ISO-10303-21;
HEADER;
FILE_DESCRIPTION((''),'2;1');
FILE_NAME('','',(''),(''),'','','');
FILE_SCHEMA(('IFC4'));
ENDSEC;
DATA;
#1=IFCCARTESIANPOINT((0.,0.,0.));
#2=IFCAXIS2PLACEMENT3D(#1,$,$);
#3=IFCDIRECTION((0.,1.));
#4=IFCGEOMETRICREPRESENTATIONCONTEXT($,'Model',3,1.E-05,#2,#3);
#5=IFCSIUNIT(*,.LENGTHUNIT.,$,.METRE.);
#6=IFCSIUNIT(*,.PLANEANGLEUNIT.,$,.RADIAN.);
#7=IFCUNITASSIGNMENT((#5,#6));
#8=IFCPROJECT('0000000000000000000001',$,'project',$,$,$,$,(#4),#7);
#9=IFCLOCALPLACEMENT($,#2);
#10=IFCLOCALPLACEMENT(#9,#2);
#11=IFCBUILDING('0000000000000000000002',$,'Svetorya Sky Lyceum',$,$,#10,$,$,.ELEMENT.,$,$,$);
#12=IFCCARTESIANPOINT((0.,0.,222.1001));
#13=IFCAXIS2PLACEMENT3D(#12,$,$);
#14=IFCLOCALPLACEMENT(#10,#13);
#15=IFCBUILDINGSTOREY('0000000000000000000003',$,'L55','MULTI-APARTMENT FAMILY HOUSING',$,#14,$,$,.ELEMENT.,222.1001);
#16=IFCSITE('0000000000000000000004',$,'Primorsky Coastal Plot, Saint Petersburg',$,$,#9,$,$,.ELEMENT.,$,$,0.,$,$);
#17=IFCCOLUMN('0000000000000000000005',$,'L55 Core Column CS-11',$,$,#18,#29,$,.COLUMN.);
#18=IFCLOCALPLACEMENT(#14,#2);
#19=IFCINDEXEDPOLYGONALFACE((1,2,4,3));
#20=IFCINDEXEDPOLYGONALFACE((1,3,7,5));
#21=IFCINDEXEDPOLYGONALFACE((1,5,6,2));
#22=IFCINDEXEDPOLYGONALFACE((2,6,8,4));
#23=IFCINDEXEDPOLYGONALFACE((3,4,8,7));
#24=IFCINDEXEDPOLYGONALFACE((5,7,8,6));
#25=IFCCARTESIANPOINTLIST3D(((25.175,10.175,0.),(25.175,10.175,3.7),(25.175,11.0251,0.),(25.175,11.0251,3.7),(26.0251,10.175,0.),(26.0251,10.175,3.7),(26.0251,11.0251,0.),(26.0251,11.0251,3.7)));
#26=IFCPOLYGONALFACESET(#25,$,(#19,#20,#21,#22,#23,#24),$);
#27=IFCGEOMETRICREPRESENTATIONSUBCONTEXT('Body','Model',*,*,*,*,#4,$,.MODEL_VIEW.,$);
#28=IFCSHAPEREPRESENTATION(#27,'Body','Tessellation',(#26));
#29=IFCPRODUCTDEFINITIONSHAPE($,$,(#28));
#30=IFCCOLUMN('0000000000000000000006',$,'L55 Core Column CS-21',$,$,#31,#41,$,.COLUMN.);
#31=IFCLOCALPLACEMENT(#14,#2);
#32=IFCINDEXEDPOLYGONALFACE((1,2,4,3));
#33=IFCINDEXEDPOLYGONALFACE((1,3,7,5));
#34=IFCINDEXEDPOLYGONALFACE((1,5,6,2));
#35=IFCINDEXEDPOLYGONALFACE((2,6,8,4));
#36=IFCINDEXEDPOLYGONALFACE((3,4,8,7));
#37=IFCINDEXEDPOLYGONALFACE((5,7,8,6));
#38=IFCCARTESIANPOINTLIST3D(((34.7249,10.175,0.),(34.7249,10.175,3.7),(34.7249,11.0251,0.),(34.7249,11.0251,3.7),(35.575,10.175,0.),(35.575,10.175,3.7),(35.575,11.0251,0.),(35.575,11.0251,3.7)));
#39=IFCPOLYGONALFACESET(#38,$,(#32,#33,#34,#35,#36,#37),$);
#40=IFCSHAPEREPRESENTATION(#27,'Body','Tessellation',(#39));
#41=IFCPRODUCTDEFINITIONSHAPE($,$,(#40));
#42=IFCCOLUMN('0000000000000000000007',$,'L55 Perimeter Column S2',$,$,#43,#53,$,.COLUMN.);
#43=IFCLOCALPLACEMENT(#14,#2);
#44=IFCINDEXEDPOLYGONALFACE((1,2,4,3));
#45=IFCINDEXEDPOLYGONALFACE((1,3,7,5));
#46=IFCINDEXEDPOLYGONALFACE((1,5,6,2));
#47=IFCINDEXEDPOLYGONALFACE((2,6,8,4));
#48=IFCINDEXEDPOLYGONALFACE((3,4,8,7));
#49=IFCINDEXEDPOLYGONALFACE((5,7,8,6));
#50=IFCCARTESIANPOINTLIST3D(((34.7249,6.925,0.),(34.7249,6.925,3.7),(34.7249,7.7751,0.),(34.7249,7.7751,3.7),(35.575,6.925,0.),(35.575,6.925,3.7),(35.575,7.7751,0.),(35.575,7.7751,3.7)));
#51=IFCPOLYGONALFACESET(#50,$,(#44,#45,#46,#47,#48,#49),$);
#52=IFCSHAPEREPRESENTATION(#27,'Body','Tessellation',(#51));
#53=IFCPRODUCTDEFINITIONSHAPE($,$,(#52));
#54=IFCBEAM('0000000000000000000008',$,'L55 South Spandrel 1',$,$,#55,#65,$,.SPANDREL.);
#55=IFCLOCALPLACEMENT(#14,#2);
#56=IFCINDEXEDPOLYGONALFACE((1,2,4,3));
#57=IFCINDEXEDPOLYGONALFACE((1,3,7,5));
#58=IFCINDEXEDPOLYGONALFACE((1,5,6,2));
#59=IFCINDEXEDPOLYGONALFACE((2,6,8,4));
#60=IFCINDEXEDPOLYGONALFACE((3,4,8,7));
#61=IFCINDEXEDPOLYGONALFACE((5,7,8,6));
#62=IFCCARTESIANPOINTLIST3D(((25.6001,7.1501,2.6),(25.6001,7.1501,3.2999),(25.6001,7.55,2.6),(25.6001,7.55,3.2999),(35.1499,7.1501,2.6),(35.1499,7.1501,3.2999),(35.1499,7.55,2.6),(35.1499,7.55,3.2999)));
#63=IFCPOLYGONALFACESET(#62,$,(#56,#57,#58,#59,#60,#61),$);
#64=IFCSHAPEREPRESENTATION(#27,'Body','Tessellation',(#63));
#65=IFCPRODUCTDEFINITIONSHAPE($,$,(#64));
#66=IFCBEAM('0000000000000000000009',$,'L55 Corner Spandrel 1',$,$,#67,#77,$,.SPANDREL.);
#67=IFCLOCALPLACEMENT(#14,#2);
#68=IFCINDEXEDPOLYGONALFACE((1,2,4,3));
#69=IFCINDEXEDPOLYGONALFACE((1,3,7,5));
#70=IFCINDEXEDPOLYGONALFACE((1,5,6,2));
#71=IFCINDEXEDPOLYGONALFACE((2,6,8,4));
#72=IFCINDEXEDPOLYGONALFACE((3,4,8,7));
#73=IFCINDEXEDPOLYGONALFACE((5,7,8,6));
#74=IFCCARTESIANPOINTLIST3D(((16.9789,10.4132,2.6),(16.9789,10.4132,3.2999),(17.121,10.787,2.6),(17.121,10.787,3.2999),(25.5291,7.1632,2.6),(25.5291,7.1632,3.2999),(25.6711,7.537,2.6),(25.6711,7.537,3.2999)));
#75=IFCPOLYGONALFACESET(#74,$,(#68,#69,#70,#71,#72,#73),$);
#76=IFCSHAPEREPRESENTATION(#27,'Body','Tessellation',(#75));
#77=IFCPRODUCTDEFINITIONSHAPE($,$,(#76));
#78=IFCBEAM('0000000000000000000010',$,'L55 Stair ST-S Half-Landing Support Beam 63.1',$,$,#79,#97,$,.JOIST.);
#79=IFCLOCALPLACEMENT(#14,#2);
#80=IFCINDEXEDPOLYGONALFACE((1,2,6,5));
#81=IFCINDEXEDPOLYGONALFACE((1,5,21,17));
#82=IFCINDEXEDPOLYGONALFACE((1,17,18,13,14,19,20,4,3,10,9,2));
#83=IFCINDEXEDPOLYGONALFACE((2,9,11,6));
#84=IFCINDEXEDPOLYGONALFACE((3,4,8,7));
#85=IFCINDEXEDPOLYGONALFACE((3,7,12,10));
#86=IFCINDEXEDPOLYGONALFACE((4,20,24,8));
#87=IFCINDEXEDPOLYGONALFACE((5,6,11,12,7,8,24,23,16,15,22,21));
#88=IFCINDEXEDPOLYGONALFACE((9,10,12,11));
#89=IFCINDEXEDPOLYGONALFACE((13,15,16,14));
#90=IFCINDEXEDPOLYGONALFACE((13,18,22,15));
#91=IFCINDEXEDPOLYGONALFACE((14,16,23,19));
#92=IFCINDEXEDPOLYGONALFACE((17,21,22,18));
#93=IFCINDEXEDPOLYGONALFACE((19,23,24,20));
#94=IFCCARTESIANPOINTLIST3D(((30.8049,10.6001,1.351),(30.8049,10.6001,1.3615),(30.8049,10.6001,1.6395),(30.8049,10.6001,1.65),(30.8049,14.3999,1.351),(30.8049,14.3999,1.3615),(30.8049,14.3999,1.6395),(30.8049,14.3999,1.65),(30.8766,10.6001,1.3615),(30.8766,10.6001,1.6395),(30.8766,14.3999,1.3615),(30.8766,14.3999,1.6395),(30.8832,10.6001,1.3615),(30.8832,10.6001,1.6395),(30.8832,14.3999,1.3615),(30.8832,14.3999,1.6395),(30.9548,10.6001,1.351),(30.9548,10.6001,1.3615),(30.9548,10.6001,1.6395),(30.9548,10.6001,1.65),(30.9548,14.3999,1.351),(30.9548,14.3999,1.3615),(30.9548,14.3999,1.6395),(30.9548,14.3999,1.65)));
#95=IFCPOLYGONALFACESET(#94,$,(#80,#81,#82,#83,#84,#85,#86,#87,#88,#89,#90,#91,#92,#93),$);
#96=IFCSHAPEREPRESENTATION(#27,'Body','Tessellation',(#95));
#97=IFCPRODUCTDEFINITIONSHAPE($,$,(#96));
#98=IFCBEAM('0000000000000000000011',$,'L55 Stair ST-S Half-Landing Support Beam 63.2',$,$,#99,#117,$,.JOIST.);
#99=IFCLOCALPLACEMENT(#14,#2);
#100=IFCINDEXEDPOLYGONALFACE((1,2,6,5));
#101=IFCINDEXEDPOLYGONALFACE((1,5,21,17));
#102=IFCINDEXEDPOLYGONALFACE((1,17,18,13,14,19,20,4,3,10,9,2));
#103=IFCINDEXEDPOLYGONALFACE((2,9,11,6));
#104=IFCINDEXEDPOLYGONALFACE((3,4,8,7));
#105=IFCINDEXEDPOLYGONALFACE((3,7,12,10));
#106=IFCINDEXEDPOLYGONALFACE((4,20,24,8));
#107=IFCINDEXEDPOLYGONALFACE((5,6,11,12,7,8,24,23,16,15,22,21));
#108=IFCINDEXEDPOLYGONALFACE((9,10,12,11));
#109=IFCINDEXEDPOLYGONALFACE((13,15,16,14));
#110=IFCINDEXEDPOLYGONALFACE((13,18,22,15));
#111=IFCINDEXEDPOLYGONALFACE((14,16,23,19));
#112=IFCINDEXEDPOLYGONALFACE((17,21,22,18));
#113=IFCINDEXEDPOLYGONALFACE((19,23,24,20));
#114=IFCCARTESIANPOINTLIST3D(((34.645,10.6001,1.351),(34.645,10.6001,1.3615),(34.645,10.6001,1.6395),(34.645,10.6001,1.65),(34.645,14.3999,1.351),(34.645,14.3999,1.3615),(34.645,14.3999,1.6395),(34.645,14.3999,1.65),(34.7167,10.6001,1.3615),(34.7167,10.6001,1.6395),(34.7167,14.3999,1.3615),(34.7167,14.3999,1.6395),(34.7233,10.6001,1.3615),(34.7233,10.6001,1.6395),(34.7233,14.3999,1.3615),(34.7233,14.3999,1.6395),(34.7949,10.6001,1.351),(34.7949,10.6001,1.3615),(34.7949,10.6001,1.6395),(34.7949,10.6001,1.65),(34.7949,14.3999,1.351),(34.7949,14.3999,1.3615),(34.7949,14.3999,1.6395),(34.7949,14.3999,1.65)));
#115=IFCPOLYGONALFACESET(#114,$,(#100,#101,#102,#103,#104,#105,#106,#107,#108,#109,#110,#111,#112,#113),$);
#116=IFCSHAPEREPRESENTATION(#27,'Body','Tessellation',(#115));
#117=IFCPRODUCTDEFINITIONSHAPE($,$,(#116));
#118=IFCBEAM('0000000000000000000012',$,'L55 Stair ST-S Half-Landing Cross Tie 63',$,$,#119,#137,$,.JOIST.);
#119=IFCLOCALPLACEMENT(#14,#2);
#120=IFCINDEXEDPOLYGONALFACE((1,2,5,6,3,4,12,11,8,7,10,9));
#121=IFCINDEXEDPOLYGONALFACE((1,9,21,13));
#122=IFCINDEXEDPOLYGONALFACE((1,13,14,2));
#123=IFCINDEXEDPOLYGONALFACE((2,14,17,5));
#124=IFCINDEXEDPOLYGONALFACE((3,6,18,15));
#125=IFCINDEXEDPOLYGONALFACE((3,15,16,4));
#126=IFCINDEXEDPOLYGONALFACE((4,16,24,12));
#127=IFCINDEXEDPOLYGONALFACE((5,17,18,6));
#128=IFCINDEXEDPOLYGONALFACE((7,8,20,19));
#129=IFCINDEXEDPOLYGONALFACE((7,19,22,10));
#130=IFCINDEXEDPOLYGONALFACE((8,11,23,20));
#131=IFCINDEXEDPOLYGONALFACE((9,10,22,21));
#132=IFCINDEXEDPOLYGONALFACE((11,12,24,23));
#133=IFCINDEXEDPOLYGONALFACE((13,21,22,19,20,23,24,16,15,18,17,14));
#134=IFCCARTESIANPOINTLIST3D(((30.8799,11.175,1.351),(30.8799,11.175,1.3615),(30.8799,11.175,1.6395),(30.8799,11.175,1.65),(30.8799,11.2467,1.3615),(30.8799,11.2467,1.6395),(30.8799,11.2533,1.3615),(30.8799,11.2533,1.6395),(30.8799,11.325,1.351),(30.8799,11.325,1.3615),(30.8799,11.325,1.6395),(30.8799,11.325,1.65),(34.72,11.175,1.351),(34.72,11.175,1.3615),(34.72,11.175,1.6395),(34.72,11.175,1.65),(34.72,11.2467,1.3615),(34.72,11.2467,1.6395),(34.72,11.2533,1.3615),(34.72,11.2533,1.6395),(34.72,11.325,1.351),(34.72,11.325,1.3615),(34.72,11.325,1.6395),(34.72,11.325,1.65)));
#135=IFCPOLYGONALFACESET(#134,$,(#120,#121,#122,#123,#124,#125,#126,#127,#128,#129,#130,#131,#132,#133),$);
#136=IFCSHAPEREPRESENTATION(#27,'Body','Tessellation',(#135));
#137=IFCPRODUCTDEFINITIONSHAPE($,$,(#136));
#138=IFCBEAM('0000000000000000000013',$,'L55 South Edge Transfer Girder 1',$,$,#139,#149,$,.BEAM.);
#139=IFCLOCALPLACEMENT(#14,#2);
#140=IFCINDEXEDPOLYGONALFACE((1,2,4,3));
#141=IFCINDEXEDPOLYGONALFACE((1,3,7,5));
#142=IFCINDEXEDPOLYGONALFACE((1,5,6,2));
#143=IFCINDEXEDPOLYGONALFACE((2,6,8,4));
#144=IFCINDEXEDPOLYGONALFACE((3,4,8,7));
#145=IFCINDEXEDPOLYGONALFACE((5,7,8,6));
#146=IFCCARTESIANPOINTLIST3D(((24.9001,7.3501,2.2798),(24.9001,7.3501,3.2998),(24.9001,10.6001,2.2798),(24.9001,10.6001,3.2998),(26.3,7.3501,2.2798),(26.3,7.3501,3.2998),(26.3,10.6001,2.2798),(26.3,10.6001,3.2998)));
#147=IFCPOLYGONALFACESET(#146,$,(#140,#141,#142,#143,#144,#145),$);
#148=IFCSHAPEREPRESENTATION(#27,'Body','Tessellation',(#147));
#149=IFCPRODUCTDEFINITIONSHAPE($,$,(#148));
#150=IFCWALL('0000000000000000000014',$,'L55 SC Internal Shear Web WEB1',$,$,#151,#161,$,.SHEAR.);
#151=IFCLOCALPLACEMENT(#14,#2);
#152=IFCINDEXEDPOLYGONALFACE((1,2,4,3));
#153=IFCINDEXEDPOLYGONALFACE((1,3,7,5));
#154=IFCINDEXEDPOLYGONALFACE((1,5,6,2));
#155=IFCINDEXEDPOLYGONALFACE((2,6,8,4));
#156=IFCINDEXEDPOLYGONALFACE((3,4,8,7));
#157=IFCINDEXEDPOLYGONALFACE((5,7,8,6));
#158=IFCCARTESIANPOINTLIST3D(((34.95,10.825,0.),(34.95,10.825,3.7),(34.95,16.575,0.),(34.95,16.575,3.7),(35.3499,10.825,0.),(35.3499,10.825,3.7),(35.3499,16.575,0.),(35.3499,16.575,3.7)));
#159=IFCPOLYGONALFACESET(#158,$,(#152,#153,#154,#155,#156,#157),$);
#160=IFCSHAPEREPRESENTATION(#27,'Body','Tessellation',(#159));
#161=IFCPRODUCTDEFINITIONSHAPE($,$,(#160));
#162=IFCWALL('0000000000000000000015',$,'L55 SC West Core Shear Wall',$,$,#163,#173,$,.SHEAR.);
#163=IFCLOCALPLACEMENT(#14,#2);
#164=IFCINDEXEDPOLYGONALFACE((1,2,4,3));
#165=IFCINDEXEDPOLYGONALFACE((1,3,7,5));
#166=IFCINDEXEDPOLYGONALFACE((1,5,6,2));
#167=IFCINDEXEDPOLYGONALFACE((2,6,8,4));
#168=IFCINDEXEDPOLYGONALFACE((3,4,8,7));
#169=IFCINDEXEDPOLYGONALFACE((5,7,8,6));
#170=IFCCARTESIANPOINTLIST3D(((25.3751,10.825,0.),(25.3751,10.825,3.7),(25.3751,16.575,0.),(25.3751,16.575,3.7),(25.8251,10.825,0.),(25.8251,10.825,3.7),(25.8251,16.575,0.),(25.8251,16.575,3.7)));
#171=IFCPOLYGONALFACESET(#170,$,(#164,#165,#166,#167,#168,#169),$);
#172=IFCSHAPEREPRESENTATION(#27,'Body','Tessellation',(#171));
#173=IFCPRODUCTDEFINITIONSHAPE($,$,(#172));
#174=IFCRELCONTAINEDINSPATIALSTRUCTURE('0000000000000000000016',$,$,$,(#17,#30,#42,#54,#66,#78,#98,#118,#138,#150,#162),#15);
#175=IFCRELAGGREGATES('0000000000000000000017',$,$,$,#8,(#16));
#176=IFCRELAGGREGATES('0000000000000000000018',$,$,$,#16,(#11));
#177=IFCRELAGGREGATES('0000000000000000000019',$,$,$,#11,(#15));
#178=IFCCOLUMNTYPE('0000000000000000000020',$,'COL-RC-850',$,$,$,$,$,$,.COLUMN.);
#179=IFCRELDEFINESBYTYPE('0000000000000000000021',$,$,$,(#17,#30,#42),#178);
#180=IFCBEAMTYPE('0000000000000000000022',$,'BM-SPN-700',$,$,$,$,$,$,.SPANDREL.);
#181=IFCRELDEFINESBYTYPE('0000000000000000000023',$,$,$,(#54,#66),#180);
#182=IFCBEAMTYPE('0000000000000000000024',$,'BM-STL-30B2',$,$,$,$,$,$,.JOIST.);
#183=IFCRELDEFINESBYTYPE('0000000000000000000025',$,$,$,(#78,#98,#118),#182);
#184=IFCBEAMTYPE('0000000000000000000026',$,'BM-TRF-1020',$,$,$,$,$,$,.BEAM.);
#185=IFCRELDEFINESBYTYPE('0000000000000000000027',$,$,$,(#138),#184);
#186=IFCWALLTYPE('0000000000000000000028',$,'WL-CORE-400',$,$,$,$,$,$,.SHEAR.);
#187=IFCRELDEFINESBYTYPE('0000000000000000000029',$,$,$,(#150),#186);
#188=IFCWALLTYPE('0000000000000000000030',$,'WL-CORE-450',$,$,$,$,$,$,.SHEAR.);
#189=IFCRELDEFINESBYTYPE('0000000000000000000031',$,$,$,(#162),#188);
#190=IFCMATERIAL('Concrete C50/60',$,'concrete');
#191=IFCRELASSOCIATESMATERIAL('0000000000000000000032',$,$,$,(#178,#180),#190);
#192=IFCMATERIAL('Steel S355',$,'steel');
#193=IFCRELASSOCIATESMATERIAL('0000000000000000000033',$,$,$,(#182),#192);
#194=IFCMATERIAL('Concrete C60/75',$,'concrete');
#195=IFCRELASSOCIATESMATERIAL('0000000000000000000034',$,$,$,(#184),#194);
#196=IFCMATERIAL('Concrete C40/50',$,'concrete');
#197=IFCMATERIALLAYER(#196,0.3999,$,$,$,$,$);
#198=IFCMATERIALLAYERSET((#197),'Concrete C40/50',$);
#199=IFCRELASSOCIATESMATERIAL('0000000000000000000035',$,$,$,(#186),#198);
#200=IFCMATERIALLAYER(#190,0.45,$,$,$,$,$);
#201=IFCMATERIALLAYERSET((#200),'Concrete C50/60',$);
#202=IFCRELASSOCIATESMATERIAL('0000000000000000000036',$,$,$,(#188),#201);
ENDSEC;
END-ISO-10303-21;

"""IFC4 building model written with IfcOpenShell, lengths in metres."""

from ifc_helpers import new_model, si_unit, direction, frame, frame_2d, origin, origin_2d, place, context, subcontext, project, spatial, rectangle, i_section, extrude, material, layer, layer_set, material_profile, profile_set, type_object, element, save


model = new_model("IFC4")

# Units and contexts
model_context = context("Model", 3, precision=1e-05, world=origin(), true_north=direction((0.0, 1.0)))
body_context = subcontext(model_context, "Body", "Model", "MODEL_VIEW")
ifc_project = project(units=[si_unit("LENGTHUNIT", "METRE"), si_unit("PLANEANGLEUNIT", "RADIAN")], contexts=[model_context])

# Site, building, storey
site_placement = place(None, origin())
site = spatial("IfcSite", under=ifc_project, at=site_placement, Name="Primorsky Coastal Plot, Saint Petersburg", CompositionType="ELEMENT", RefElevation=0.0)
building_placement = place(site_placement, origin())
building = spatial("IfcBuilding", under=site, at=building_placement, Name="Svetorya Sky Lyceum", CompositionType="ELEMENT")
storey_placement = place(building_placement, frame((0.0, 0.0, 222.1001)))
storey = spatial("IfcBuildingStorey", under=building, at=storey_placement, Name="L55", Description="MULTI-APARTMENT FAMILY HOUSING", CompositionType="ELEMENT", Elevation=222.1001)

# Columns
ifc_material_1 = material(Name="Concrete C50/60", Category="concrete")
ifc_material_profile_1 = material_profile(ifc_material_1, rectangle(XDim=0.8501, YDim=0.8501, at=origin_2d()), Name="RC COL 850x850")
ifc_profile_set_1 = profile_set([ifc_material_profile_1], Name="Concrete C50/60")
column_type = type_object("IfcColumnType", Name="COL-RC-850", PredefinedType="COLUMN", material=ifc_profile_set_1)
for number, where, z_axis, x_axis, name in (
    (1, (25.6001, 10.6001, 0.0), (0.0, 0.0, 1.0), (1.0, 0.0, 0.0), "L55 Core Column CS-11"),
    (2, (35.1499, 10.6001, 0.0), (0.0, 0.0, 1.0), (1.0, 0.0, 0.0), "L55 Core Column CS-21"),
    (3, (35.1499, 7.3501, 0.0), (0.0, 0.0, 1.0), (1.0, 0.0, 0.0), "L55 Perimeter Column S2"),
):
    element("IfcColumn", number, at=place(storey_placement, frame(where, z_axis=z_axis, x_axis=x_axis)), inside=storey, type_object=column_type, Name=name, PredefinedType="COLUMN", context=body_context, shape_type="SweptSolid", body=[
        extrude(rectangle(XDim=0.8501, YDim=0.8501, at=origin_2d()), origin(), (0.0, 0.0, 1.0), 3.7),
    ])

# Beams
ifc_material_profile_2 = material_profile(ifc_material_1, rectangle(XDim=0.3999, YDim=0.7, at=origin_2d()), Name="RC SPANDREL 400x700")
ifc_profile_set_2 = profile_set([ifc_material_profile_2], Name="Concrete C50/60")
beam_type_1 = type_object("IfcBeamType", Name="BM-SPN-700", PredefinedType="SPANDREL", material=ifc_profile_set_2)
beam_1_placement = place(storey_placement, frame((25.6001, 7.3501, 2.95), z_axis=(1.0, 0.0, 0.0), x_axis=(0.0, 1.0, 0.0)))
element("IfcBeam", 4, at=beam_1_placement, inside=storey, type_object=beam_type_1, Name="L55 South Spandrel 1", PredefinedType="SPANDREL", context=body_context, shape_type="SweptSolid", body=[
    extrude(rectangle(XDim=0.3999, YDim=0.7, at=origin_2d()), origin(), (0.0, 0.0, 1.0), 9.5498),
])
beam_2_placement = place(storey_placement, frame((25.6001, 7.3501, 2.95), z_axis=(-0.934748, 0.355312, 0.0), x_axis=(-0.355312, -0.934748, 0.0)))
element("IfcBeam", 5, at=beam_2_placement, inside=storey, type_object=beam_type_1, Name="L55 Corner Spandrel 1", PredefinedType="SPANDREL", context=body_context, shape_type="SweptSolid", body=[
    extrude(rectangle(XDim=0.3999, YDim=0.7, at=origin_2d()), origin(), (0.0, 0.0, 1.0), 9.147),
])
ifc_material_2 = material(Name="Steel S355", Category="steel")
ifc_material_profile_3 = material_profile(ifc_material_2, i_section(OverallWidth=0.1499, OverallDepth=0.2991, WebThickness=0.0066, FlangeThickness=0.0105, at=origin_2d()), Name="GOST 30B2")
ifc_profile_set_3 = profile_set([ifc_material_profile_3], Name="Steel S355")
beam_type_2 = type_object("IfcBeamType", Name="BM-STL-30B2", PredefinedType="JOIST", material=ifc_profile_set_3)
for number, where, z_axis, x_axis, name in (
    (6, (30.8799, 10.6001, 1.5005), (0.0, 1.0, 0.0), (-1.0, 0.0, 0.0), "L55 Stair ST-S Half-Landing Support Beam 63.1"),
    (7, (34.72, 10.6001, 1.5005), (0.0, 1.0, 0.0), (-1.0, 0.0, 0.0), "L55 Stair ST-S Half-Landing Support Beam 63.2"),
):
    element("IfcBeam", number, at=place(storey_placement, frame(where, z_axis=z_axis, x_axis=x_axis)), inside=storey, type_object=beam_type_2, Name=name, PredefinedType="JOIST", context=body_context, shape_type="SweptSolid", body=[
        extrude(i_section(OverallWidth=0.1499, OverallDepth=0.2991, WebThickness=0.0066, FlangeThickness=0.0105, at=origin_2d()), origin(), (0.0, 0.0, 1.0), 3.7998),
    ])
beam_3_placement = place(storey_placement, frame((30.8799, 11.25, 1.5005), z_axis=(1.0, 0.0, 0.0), x_axis=(0.0, 1.0, 0.0)))
element("IfcBeam", 8, at=beam_3_placement, inside=storey, type_object=beam_type_2, Name="L55 Stair ST-S Half-Landing Cross Tie 63", PredefinedType="JOIST", context=body_context, shape_type="SweptSolid", body=[
    extrude(i_section(OverallWidth=0.1499, OverallDepth=0.2991, WebThickness=0.0066, FlangeThickness=0.0105, at=origin_2d()), origin(), (0.0, 0.0, 1.0), 3.8401),
])
ifc_material_3 = material(Name="Concrete C60/75", Category="concrete")
ifc_material_profile_4 = material_profile(ifc_material_3, rectangle(XDim=1.3999, YDim=1.02, at=origin_2d()), Name="RC TRANSFER 1400x1020")
ifc_profile_set_4 = profile_set([ifc_material_profile_4], Name="Concrete C60/75")
beam_type_3 = type_object("IfcBeamType", Name="BM-TRF-1020", PredefinedType="BEAM", material=ifc_profile_set_4)
beam_4_placement = place(storey_placement, frame((25.6001, 7.3501, 2.7898), z_axis=(0.0, 1.0, 0.0), x_axis=(-1.0, 0.0, 0.0)))
element("IfcBeam", 9, at=beam_4_placement, inside=storey, type_object=beam_type_3, Name="L55 South Edge Transfer Girder 1", PredefinedType="BEAM", context=body_context, shape_type="SweptSolid", body=[
    extrude(rectangle(XDim=1.3999, YDim=1.02, at=origin_2d()), origin(), (0.0, 0.0, 1.0), 3.25),
])

# Walls
ifc_material_4 = material(Name="Concrete C40/50", Category="concrete")
ifc_layer_1 = layer(ifc_material_4, 0.3999)
ifc_layer_set_1 = layer_set([ifc_layer_1], Name="Concrete C40/50")
wall_type_1 = type_object("IfcWallType", Name="WL-CORE-400", PredefinedType="SHEAR", material=ifc_layer_set_1)
wall_1_placement = place(storey_placement, frame((35.1499, 10.825, 0.0), z_axis=(0.0, 0.0, 1.0), x_axis=(0.0, 1.0, 0.0)))
element("IfcWall", 10, at=wall_1_placement, inside=storey, type_object=wall_type_1, Name="L55 SC Internal Shear Web WEB1", PredefinedType="SHEAR", context=body_context, shape_type="SweptSolid", body=[
    extrude(rectangle(XDim=5.75, YDim=0.3999, at=frame_2d((2.875, 0.0))), origin(), (0.0, 0.0, 1.0), 3.7),
])
ifc_layer_2 = layer(ifc_material_1, 0.45)
ifc_layer_set_2 = layer_set([ifc_layer_2], Name="Concrete C50/60")
wall_type_2 = type_object("IfcWallType", Name="WL-CORE-450", PredefinedType="SHEAR", material=ifc_layer_set_2)
wall_2_placement = place(storey_placement, frame((25.6001, 10.825, 0.0), z_axis=(0.0, 0.0, 1.0), x_axis=(0.0, 1.0, 0.0)))
element("IfcWall", 11, at=wall_2_placement, inside=storey, type_object=wall_type_2, Name="L55 SC West Core Shear Wall", PredefinedType="SHEAR", context=body_context, shape_type="SweptSolid", body=[
    extrude(rectangle(XDim=5.75, YDim=0.45, at=frame_2d((2.875, 0.0))), origin(), (0.0, 0.0, 1.0), 3.7),
])

save(model, "model.ifc")
